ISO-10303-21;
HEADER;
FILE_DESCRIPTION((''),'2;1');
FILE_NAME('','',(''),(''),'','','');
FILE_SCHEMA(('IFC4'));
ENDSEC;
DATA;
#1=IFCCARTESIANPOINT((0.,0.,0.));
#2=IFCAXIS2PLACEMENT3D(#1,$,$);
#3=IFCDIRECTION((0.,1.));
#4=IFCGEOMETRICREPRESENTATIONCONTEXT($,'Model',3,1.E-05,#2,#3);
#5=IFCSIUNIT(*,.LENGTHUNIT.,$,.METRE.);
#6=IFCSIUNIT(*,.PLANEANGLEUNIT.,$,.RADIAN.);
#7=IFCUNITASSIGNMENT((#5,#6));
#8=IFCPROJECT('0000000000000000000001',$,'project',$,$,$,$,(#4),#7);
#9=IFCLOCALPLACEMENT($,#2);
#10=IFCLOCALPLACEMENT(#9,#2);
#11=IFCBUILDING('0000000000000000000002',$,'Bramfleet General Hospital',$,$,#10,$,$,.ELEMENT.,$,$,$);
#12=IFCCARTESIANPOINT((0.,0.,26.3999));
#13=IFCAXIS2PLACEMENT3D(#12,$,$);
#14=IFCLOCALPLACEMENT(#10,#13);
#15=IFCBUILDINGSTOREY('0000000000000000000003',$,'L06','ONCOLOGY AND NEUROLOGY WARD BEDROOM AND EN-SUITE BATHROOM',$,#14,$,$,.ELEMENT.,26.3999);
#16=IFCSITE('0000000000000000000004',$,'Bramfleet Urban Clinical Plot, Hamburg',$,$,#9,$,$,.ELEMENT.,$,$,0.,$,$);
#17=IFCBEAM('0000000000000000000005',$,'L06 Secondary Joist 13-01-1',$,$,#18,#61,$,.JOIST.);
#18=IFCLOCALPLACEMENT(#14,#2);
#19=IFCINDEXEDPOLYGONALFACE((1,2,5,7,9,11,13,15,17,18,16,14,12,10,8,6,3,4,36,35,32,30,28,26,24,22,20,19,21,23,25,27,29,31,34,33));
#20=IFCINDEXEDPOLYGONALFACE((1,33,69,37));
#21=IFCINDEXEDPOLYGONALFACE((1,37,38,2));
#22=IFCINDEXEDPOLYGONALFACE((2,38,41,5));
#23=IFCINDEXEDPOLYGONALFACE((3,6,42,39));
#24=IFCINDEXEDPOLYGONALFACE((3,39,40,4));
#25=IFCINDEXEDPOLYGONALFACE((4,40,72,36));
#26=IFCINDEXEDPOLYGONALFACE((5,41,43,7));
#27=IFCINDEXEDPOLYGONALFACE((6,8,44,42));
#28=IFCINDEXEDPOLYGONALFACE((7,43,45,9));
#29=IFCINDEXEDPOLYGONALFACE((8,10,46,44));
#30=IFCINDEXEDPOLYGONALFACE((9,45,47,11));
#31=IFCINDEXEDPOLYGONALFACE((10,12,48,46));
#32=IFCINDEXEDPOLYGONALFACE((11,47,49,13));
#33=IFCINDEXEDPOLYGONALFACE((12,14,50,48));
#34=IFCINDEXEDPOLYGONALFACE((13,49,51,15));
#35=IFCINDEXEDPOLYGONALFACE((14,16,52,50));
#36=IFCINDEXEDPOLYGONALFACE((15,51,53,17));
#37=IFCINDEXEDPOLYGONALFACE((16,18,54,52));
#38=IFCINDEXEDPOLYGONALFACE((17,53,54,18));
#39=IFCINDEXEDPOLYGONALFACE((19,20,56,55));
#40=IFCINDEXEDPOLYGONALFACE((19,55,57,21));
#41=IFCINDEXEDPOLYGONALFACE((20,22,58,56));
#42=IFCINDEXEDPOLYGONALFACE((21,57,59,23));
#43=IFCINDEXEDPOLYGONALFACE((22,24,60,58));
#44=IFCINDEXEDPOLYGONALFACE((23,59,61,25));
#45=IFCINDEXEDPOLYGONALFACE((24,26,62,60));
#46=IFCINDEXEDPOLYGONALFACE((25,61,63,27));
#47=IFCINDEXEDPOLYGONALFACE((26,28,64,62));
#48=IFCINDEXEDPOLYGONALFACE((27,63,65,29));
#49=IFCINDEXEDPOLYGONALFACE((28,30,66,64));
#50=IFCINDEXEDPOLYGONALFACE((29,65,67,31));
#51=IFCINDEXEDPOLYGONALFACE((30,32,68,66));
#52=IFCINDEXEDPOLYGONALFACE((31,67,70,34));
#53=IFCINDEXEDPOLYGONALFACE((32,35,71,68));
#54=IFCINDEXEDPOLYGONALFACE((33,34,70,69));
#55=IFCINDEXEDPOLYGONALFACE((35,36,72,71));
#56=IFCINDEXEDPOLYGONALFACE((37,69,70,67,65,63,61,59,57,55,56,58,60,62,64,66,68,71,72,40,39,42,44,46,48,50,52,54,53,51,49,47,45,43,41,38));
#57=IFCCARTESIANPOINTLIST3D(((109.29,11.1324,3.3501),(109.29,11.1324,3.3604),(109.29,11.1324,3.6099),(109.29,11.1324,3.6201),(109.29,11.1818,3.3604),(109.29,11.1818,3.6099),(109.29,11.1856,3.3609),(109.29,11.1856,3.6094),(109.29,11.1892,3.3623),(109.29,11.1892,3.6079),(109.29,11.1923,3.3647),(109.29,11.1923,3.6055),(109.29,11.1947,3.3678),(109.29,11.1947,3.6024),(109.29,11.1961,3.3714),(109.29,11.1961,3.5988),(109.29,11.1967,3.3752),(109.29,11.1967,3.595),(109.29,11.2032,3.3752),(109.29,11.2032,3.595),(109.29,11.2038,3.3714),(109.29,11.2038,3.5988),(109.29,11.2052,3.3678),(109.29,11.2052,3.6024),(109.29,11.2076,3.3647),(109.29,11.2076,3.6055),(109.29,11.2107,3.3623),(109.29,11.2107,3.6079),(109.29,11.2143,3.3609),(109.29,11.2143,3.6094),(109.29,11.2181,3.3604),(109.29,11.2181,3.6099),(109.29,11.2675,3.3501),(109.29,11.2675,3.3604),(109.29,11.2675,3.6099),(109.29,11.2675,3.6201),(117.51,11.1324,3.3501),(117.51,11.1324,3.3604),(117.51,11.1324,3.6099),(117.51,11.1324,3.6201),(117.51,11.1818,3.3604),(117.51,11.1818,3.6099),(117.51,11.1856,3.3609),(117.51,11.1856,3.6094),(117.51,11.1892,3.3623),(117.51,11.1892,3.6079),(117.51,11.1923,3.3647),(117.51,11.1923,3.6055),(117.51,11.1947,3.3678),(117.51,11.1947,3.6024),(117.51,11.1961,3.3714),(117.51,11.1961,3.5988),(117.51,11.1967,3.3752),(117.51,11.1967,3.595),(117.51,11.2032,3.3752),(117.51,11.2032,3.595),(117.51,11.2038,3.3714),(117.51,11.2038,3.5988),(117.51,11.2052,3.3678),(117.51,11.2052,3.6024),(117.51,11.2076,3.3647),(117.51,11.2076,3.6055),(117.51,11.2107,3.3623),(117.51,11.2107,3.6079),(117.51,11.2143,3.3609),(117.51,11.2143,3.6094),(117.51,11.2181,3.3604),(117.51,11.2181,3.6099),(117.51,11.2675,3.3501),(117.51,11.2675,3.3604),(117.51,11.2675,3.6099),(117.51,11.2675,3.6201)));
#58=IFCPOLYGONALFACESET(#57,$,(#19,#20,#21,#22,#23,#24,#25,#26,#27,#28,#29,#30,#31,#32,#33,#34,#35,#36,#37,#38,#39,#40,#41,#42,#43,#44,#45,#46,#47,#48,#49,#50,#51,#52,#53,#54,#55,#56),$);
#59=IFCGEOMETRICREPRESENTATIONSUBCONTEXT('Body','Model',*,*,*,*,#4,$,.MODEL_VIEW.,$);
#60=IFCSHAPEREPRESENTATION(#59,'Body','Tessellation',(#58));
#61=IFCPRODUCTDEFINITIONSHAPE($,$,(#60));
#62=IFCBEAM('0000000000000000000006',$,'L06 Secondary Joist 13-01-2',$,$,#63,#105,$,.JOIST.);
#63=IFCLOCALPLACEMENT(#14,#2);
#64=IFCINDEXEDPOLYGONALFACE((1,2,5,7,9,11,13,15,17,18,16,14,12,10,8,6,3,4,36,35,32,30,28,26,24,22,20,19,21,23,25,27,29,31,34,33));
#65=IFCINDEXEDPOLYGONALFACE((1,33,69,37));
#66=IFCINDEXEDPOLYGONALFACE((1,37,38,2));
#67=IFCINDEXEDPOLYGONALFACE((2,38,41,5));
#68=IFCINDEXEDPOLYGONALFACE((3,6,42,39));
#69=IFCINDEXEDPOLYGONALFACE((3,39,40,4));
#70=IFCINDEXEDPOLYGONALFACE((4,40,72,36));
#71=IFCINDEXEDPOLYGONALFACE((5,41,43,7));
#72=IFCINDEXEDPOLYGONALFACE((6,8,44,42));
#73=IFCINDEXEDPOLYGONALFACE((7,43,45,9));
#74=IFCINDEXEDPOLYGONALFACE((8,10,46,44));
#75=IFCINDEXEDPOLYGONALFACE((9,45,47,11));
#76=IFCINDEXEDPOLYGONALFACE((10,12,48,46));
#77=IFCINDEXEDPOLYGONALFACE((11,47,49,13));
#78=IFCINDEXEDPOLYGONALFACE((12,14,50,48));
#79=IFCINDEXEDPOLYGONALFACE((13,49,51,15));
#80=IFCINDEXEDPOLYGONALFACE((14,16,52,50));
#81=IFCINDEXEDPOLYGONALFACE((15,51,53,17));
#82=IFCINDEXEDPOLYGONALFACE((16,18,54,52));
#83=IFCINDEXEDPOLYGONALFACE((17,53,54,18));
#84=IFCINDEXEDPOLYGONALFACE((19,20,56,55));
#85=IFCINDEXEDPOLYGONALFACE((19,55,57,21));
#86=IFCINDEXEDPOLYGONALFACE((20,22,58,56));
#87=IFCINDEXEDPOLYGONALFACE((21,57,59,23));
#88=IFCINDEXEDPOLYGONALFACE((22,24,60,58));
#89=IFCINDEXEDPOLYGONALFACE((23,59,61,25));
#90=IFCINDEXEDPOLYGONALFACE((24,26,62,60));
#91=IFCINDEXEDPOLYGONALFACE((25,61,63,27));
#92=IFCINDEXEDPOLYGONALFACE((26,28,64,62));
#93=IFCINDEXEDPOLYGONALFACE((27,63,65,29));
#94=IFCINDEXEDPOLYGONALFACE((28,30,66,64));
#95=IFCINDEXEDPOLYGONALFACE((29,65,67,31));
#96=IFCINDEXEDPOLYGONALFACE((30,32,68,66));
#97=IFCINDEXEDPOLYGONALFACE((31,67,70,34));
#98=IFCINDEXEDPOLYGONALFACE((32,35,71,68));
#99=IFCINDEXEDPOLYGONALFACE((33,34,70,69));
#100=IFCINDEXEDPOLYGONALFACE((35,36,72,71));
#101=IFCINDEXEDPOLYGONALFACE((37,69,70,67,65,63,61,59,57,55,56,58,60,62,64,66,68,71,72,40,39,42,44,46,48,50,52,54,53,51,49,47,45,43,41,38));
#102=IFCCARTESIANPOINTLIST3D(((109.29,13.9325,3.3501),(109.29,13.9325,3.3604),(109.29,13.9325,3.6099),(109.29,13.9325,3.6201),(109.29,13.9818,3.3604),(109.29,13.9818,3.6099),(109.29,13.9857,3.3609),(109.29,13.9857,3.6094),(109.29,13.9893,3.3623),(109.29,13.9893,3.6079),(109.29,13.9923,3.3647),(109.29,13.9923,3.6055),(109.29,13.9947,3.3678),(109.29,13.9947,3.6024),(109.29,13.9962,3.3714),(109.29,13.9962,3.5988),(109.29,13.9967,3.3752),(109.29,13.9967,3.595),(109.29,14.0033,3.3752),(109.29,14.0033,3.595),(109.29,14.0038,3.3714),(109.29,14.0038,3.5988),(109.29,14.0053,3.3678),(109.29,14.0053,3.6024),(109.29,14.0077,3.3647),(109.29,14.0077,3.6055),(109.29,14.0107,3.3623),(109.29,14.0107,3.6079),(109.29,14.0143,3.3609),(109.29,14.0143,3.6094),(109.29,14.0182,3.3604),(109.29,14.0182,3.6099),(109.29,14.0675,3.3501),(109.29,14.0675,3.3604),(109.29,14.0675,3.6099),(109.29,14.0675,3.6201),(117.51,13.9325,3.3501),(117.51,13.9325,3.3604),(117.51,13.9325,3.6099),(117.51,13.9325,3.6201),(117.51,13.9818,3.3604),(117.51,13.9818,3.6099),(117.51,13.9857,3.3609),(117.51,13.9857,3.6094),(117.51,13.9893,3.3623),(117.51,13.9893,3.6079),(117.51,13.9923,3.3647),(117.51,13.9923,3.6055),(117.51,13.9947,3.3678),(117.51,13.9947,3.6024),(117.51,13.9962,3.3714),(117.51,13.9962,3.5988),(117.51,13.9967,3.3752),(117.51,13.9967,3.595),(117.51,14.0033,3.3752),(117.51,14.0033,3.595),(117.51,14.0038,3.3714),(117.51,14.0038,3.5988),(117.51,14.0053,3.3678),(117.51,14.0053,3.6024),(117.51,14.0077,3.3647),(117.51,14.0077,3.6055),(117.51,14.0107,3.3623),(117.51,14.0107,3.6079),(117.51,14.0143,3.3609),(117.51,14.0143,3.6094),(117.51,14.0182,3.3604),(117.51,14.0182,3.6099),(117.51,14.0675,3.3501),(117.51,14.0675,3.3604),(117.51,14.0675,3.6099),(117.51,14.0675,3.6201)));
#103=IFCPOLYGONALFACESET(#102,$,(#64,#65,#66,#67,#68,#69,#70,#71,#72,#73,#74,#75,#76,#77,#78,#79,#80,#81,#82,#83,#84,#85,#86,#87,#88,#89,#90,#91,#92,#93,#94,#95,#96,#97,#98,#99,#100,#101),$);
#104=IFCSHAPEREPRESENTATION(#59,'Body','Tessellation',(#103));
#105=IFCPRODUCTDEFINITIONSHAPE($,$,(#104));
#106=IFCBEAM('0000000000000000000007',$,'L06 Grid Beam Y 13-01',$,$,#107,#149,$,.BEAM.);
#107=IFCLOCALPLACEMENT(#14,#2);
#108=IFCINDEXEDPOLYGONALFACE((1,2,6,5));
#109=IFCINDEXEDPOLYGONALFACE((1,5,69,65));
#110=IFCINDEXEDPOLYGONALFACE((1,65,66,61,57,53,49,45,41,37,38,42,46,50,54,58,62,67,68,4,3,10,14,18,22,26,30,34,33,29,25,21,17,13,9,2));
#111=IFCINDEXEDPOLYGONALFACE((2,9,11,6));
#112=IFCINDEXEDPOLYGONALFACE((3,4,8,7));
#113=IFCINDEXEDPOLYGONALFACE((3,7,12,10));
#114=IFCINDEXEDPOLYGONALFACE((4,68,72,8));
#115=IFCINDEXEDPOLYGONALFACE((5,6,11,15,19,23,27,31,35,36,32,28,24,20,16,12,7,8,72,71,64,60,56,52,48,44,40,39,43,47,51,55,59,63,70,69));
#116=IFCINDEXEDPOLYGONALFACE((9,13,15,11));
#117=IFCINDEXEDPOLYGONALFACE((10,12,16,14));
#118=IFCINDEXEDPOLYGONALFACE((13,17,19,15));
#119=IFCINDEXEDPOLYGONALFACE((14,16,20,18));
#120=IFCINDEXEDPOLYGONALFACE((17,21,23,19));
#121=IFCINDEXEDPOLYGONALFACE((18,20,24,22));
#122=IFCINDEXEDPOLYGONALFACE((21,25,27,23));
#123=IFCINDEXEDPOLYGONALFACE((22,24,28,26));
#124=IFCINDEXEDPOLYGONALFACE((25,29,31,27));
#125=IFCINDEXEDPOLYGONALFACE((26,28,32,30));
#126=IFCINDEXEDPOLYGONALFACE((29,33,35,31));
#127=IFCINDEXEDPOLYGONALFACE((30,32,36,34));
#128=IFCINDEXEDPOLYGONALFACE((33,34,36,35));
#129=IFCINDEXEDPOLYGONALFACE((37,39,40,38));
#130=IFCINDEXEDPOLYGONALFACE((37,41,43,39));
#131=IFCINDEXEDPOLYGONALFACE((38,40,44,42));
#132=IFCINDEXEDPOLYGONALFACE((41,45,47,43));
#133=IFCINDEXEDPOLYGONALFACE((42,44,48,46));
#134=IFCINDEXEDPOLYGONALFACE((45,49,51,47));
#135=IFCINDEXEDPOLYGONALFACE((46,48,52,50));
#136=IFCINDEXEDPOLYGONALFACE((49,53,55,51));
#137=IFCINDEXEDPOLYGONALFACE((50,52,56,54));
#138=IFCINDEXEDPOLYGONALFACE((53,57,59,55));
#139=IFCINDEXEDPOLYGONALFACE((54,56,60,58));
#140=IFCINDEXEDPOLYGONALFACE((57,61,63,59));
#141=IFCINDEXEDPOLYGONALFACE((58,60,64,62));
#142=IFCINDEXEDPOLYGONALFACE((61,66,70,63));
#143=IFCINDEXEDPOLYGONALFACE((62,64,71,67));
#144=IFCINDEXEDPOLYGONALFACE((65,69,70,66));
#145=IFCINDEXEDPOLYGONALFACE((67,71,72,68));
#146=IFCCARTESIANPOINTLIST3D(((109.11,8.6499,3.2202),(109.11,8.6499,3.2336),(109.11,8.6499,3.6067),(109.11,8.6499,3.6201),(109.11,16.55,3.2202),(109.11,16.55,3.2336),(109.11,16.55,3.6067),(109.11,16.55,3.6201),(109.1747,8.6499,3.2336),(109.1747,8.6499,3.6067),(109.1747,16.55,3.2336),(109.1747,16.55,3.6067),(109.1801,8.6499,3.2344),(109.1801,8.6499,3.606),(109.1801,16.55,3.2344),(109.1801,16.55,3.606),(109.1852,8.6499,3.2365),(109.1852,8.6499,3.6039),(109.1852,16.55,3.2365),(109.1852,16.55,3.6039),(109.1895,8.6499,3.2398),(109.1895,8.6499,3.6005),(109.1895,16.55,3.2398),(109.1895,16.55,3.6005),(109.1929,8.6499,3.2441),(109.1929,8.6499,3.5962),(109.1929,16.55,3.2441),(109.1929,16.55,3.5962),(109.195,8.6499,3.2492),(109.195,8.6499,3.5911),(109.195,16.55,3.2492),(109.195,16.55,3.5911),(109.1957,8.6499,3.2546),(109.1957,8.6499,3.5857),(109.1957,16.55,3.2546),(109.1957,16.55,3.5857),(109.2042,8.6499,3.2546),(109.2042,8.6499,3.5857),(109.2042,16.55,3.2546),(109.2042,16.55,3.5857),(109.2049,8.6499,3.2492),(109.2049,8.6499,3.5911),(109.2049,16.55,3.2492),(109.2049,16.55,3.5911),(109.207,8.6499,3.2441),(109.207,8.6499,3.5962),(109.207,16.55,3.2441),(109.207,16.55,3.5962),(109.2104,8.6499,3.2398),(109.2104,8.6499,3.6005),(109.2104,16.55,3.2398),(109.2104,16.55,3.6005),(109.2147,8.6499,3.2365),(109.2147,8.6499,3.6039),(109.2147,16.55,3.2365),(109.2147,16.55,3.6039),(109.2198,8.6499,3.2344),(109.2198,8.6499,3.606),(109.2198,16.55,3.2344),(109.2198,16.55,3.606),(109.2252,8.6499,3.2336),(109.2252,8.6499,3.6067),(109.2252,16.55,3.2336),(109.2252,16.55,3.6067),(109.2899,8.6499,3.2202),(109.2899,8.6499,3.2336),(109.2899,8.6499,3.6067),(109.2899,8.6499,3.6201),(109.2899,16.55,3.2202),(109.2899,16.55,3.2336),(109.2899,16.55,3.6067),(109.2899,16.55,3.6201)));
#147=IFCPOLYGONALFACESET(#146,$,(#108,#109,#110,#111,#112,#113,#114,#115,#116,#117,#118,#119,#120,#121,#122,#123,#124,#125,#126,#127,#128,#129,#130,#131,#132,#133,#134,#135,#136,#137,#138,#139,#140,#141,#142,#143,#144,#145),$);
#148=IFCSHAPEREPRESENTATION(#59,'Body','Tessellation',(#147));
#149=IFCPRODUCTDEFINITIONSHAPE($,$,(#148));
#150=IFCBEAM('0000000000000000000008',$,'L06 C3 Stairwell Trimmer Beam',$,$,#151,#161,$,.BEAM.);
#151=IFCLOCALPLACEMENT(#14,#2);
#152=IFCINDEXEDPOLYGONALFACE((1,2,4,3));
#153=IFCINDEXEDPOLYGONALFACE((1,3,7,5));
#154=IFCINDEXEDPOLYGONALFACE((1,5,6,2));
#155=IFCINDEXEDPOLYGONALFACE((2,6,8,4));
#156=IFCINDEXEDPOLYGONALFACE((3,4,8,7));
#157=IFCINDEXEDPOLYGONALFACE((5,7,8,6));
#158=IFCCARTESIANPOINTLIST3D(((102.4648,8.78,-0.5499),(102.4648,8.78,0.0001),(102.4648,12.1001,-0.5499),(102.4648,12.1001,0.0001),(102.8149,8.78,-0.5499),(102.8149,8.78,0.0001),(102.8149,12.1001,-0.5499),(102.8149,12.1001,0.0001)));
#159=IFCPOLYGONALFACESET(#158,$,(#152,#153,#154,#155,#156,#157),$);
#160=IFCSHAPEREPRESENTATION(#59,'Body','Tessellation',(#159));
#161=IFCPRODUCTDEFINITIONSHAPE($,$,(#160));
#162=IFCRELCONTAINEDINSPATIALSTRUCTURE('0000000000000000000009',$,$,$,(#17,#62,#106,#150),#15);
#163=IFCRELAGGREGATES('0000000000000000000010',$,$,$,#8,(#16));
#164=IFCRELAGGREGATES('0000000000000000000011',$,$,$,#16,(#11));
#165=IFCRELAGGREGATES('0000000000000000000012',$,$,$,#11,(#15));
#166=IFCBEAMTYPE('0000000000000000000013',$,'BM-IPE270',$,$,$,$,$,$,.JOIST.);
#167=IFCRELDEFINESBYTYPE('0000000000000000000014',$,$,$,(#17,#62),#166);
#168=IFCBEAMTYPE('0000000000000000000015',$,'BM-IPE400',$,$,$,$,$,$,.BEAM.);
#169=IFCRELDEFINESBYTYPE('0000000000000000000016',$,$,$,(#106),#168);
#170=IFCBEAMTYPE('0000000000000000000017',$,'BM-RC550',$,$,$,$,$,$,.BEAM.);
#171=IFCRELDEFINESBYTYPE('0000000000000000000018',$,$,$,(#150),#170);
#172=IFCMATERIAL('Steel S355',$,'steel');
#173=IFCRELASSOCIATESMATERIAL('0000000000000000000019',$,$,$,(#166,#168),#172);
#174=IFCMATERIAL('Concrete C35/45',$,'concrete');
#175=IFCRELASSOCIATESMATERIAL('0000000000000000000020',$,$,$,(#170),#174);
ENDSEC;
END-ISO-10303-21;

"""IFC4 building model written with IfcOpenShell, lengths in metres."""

from ifc_helpers import new_model, si_unit, direction, frame, origin, origin_2d, place, context, subcontext, project, spatial, rectangle, i_section, extrude, material, material_profile, profile_set, type_object, element, save


model = new_model("IFC4")

# Units and contexts
model_context = context("Model", 3, precision=1e-05, world=origin(), true_north=direction((0.0, 1.0)))
body_context = subcontext(model_context, "Body", "Model", "MODEL_VIEW")
ifc_project = project(units=[si_unit("LENGTHUNIT", "METRE"), si_unit("PLANEANGLEUNIT", "RADIAN")], contexts=[model_context])

# Site, building, storey
site_placement = place(None, origin())
site = spatial("IfcSite", under=ifc_project, at=site_placement, Name="Bramfleet Urban Clinical Plot, Hamburg", CompositionType="ELEMENT", RefElevation=0.0)
building_placement = place(site_placement, origin())
building = spatial("IfcBuilding", under=site, at=building_placement, Name="Bramfleet General Hospital", CompositionType="ELEMENT")
storey_placement = place(building_placement, frame((0.0, 0.0, 26.3999)))
storey = spatial("IfcBuildingStorey", under=building, at=storey_placement, Name="L06", Description="ONCOLOGY AND NEUROLOGY WARD BEDROOM AND EN-SUITE BATHROOM", CompositionType="ELEMENT", Elevation=26.3999)

# Beams
ifc_material_1 = material(Name="Steel S355", Category="steel")
ifc_material_profile_1 = material_profile(ifc_material_1, i_section(OverallWidth=0.135, OverallDepth=0.27, WebThickness=0.0066, FlangeThickness=0.0103, FilletRadius=0.0149, at=origin_2d()), Name="IPE 270")
ifc_profile_set_1 = profile_set([ifc_material_profile_1], Name="Steel S355")
beam_type_1 = type_object("IfcBeamType", Name="BM-IPE270", PredefinedType="JOIST", material=ifc_profile_set_1)
for number, where, z_axis, x_axis, name in (
    (1, (109.29, 11.2, 3.4851), (1.0, 0.0, 0.0), (0.0, 1.0, 0.0), "L06 Secondary Joist 13-01-1"),
    (2, (109.29, 14.0, 3.4851), (1.0, 0.0, 0.0), (0.0, 1.0, 0.0), "L06 Secondary Joist 13-01-2"),
):
    element("IfcBeam", number, at=place(storey_placement, frame(where, z_axis=z_axis, x_axis=x_axis)), inside=storey, type_object=beam_type_1, Name=name, PredefinedType="JOIST", context=body_context, shape_type="SweptSolid", body=[
        extrude(i_section(OverallWidth=0.135, OverallDepth=0.27, WebThickness=0.0066, FlangeThickness=0.0103, FilletRadius=0.0149, at=origin_2d()), origin(), (0.0, 0.0, 1.0), 8.22),
    ])
ifc_material_profile_2 = material_profile(ifc_material_1, i_section(OverallWidth=0.1799, OverallDepth=0.3999, WebThickness=0.0085, FlangeThickness=0.0134, FilletRadius=0.021, at=origin_2d()), Name="IPE 400")
ifc_profile_set_2 = profile_set([ifc_material_profile_2], Name="Steel S355")
beam_type_2 = type_object("IfcBeamType", Name="BM-IPE400", PredefinedType="BEAM", material=ifc_profile_set_2)
beam_1_placement = place(storey_placement, frame((109.2, 8.6499, 3.4202), z_axis=(0.0, 1.0, 0.0), x_axis=(-1.0, 0.0, 0.0)))
element("IfcBeam", 3, at=beam_1_placement, inside=storey, type_object=beam_type_2, Name="L06 Grid Beam Y 13-01", PredefinedType="BEAM", context=body_context, shape_type="SweptSolid", body=[
    extrude(i_section(OverallWidth=0.1799, OverallDepth=0.3999, WebThickness=0.0085, FlangeThickness=0.0134, FilletRadius=0.021, at=origin_2d()), origin(), (0.0, 0.0, 1.0), 7.9001),
])
ifc_material_2 = material(Name="Concrete C35/45", Category="concrete")
ifc_material_profile_3 = material_profile(ifc_material_2, rectangle(XDim=0.3501, YDim=0.55, at=origin_2d()), Name="RC BM 550x350")
ifc_profile_set_3 = profile_set([ifc_material_profile_3], Name="Concrete C35/45")
beam_type_3 = type_object("IfcBeamType", Name="BM-RC550", PredefinedType="BEAM", material=ifc_profile_set_3)
beam_2_placement = place(storey_placement, frame((102.6399, 8.78, -0.2749), z_axis=(0.0, 1.0, 0.0), x_axis=(-1.0, 0.0, 0.0)))
element("IfcBeam", 4, at=beam_2_placement, inside=storey, type_object=beam_type_3, Name="L06 C3 Stairwell Trimmer Beam", PredefinedType="BEAM", context=body_context, shape_type="SweptSolid", body=[
    extrude(rectangle(XDim=0.3501, YDim=0.55, at=origin_2d()), origin(), (0.0, 0.0, 1.0), 3.3201),
])

save(model, "model.ifc")
